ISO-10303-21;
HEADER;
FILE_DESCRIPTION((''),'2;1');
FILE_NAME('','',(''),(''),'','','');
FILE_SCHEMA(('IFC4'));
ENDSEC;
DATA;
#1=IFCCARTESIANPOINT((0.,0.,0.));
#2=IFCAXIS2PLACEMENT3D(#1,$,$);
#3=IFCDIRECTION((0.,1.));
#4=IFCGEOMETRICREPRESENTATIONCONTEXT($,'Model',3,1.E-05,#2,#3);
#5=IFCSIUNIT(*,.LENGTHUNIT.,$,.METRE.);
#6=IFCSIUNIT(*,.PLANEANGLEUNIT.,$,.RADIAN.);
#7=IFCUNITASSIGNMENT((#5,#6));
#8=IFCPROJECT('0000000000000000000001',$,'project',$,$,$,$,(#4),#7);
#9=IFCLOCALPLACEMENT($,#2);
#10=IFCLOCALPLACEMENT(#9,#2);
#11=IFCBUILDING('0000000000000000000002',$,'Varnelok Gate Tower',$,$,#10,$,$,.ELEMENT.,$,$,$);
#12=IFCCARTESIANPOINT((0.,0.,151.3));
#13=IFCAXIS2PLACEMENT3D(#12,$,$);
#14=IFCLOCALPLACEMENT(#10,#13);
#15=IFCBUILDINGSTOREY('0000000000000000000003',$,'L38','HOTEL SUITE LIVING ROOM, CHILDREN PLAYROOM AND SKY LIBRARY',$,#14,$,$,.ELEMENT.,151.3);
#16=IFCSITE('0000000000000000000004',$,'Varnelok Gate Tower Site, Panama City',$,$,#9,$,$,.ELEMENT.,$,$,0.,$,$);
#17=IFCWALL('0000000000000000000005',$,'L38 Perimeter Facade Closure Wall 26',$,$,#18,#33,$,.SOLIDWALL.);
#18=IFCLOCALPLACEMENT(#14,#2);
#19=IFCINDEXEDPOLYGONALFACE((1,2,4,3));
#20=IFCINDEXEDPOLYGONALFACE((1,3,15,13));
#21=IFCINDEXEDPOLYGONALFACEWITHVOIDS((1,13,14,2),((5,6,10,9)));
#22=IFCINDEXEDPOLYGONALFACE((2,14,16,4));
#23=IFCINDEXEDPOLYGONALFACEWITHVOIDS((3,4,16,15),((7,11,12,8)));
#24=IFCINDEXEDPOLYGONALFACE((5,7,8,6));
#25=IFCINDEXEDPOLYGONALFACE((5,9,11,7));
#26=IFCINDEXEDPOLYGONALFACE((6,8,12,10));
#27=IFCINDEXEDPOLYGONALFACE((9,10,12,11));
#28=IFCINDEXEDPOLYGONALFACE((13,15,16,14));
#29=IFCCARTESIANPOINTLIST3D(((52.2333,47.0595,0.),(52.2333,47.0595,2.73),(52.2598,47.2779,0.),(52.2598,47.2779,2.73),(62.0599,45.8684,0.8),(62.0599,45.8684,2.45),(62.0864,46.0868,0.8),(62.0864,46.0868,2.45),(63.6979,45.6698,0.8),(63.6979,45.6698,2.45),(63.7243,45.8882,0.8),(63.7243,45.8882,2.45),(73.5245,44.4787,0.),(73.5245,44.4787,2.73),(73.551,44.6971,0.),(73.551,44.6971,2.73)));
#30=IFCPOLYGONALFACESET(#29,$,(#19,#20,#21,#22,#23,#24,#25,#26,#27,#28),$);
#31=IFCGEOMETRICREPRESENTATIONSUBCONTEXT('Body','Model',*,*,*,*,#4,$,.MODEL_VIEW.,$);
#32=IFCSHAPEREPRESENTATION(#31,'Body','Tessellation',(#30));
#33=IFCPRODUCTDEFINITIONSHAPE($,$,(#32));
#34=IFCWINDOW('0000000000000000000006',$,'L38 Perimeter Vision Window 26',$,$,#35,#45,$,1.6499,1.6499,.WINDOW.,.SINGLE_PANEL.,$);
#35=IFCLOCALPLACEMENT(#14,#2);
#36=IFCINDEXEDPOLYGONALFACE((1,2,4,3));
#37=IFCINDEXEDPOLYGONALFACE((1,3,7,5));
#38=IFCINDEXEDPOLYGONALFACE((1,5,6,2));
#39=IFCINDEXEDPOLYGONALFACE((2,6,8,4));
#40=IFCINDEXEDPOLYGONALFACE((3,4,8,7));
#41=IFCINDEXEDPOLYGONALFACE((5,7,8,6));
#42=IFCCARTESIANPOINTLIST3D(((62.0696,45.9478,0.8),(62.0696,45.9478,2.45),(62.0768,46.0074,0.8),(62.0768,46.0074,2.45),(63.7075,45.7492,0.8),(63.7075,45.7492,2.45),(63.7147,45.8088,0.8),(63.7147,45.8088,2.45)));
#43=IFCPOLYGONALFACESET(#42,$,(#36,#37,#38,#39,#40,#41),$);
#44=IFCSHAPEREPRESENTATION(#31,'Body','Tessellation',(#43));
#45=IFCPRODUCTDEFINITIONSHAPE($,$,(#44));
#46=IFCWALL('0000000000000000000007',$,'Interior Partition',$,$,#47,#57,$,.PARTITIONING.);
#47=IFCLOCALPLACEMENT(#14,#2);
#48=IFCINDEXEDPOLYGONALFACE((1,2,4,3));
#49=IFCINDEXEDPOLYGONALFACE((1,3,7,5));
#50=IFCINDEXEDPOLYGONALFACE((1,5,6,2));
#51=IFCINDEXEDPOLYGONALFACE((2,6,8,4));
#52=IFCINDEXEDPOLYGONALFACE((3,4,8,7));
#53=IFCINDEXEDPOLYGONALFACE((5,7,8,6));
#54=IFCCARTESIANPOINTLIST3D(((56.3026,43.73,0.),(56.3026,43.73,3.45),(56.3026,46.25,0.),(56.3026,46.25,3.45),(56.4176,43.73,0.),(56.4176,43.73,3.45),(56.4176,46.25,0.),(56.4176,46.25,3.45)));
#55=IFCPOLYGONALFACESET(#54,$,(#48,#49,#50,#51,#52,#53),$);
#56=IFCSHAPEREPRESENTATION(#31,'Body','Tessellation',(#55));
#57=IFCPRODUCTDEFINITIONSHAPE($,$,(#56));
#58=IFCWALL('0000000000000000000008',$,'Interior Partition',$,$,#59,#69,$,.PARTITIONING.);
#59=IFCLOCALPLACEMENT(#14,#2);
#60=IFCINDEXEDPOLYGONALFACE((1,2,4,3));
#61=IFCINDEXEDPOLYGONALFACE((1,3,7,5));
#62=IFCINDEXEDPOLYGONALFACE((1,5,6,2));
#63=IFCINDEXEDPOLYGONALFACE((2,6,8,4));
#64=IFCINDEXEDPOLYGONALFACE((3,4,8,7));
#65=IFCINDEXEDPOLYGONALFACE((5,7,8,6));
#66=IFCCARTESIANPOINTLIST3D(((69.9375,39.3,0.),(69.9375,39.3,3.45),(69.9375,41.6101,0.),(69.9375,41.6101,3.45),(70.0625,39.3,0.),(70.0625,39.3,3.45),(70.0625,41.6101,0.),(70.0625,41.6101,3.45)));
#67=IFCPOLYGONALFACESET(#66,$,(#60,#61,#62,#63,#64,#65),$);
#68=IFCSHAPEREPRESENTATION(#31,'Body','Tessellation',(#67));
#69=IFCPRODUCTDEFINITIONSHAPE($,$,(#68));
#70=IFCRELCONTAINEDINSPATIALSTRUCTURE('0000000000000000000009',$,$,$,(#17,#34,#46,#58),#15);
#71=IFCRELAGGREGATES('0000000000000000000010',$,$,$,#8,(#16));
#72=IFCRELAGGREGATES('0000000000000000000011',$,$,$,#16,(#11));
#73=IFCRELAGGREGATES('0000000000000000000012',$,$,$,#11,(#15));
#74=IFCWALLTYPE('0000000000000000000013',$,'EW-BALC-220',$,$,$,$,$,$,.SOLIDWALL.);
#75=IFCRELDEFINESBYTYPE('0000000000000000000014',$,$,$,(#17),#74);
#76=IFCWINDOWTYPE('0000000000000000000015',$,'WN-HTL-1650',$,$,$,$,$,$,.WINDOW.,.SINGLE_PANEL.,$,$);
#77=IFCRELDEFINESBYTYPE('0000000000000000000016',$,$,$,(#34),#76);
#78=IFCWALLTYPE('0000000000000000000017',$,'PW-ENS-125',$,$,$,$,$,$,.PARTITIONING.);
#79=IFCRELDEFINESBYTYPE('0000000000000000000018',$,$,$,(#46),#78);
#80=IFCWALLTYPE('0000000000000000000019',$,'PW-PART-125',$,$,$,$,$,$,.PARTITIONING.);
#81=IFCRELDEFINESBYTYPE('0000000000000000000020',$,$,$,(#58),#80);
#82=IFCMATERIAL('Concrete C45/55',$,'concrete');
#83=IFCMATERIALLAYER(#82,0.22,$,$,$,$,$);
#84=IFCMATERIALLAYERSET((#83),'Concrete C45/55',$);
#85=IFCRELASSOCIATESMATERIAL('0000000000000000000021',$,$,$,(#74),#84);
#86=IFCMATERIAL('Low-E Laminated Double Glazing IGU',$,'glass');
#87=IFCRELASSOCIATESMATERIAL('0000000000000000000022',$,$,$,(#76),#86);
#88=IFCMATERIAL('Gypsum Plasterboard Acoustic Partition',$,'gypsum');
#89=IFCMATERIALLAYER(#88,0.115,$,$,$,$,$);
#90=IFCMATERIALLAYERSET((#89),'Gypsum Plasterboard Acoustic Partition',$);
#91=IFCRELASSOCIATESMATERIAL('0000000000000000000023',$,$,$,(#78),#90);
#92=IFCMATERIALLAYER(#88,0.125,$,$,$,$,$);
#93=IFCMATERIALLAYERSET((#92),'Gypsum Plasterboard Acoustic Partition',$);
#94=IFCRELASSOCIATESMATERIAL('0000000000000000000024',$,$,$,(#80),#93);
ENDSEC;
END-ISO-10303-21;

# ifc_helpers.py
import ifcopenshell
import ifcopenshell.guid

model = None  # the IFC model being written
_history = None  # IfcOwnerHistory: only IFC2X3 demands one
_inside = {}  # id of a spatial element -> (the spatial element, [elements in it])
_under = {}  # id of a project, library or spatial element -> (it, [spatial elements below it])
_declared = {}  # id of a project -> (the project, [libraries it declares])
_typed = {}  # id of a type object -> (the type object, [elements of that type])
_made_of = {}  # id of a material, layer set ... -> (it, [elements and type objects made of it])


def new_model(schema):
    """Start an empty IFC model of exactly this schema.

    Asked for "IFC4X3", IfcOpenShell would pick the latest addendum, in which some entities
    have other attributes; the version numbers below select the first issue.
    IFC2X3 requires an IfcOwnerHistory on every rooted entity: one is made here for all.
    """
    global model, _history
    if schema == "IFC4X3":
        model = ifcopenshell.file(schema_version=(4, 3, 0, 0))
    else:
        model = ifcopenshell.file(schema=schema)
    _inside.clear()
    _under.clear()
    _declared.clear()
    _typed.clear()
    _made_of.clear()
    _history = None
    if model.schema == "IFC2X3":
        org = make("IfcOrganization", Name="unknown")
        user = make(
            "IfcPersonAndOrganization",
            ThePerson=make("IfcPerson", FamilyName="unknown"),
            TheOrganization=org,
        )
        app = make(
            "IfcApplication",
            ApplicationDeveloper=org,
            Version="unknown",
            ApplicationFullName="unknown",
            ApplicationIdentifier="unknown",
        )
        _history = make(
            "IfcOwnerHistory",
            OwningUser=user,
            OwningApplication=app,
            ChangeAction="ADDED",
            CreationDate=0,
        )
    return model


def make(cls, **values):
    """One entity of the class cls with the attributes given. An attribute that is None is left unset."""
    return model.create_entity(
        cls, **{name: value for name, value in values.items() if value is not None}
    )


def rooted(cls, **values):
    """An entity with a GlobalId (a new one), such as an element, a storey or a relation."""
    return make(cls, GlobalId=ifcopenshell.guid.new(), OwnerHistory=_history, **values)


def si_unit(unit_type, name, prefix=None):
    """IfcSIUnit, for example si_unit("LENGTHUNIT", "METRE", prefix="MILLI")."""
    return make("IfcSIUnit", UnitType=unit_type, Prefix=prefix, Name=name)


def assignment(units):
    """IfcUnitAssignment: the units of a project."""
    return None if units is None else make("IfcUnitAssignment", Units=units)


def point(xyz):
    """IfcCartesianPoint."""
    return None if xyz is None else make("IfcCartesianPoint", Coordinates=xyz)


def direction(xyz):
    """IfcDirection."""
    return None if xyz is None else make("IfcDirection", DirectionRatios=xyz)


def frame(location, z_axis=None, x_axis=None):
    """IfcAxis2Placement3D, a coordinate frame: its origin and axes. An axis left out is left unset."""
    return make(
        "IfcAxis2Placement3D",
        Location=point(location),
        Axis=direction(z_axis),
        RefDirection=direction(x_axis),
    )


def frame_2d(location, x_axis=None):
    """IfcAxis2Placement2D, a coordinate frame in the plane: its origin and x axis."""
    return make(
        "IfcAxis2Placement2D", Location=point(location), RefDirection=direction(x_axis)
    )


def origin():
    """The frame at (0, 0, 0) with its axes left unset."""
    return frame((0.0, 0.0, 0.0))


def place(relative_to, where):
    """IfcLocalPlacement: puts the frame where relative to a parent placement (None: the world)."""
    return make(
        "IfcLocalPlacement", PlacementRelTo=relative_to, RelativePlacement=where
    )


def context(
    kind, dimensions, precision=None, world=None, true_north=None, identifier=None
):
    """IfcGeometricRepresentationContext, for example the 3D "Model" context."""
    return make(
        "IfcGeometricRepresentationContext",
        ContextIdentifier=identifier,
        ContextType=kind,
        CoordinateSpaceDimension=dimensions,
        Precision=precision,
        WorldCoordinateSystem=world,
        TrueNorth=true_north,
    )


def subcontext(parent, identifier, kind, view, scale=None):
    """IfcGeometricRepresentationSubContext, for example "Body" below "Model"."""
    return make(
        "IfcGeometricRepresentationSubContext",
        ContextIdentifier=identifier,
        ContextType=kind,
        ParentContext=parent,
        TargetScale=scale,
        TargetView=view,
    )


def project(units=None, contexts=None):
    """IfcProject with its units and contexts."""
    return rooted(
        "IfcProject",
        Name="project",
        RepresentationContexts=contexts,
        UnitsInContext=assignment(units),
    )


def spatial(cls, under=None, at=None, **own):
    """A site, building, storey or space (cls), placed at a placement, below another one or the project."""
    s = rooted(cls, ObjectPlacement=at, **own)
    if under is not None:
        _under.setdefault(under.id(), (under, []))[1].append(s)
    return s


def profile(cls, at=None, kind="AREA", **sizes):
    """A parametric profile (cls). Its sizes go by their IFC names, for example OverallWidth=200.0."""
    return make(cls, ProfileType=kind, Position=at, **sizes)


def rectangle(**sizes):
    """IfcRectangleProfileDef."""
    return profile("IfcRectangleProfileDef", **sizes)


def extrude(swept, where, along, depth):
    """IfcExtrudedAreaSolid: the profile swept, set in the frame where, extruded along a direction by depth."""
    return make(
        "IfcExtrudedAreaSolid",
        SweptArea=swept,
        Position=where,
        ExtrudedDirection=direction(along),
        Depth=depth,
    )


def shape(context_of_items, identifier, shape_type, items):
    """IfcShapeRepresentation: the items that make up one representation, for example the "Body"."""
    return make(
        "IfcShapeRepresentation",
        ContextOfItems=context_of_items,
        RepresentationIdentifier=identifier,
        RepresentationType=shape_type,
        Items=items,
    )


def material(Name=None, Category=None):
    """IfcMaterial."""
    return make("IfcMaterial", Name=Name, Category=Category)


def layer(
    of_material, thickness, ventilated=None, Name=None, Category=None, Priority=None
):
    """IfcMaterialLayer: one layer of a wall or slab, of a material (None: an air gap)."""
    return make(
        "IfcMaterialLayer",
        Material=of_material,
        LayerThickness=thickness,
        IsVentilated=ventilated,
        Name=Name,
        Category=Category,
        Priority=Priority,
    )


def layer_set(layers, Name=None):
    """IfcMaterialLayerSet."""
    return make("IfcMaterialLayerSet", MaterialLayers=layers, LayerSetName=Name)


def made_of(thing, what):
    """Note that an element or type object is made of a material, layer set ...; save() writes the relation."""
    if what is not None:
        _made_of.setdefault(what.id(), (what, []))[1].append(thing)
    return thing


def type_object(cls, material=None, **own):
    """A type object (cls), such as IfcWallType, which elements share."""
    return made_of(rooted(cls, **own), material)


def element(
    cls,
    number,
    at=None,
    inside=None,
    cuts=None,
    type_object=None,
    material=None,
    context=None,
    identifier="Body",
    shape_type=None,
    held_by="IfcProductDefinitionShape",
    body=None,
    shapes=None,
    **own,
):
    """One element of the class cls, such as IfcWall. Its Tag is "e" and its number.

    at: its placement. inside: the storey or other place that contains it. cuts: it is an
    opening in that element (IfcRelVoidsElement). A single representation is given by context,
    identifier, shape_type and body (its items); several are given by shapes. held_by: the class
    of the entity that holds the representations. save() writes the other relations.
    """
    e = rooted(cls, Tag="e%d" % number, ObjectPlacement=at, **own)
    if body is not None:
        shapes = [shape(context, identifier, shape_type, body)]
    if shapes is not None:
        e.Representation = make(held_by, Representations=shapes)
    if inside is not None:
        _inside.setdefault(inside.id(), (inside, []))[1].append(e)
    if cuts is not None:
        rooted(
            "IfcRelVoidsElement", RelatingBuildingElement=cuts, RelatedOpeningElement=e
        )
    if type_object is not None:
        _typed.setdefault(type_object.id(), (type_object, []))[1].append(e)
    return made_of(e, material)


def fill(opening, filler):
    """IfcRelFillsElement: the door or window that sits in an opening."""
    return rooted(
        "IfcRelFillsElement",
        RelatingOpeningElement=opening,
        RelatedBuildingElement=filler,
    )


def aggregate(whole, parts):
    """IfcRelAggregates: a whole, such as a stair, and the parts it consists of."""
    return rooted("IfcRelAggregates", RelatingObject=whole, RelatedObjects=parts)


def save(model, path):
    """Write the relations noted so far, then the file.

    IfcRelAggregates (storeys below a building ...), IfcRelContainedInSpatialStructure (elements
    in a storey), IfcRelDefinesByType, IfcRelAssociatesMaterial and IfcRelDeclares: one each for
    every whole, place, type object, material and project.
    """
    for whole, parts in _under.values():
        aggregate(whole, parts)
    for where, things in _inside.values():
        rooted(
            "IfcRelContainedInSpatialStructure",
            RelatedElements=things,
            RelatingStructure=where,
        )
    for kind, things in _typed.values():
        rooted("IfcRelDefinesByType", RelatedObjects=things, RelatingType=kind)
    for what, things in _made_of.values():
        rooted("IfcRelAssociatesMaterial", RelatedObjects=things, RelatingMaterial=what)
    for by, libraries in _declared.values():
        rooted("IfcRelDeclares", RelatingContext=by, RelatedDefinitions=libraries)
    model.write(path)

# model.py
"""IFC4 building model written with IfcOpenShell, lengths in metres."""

from ifc_helpers import new_model, si_unit, direction, frame, frame_2d, origin, place, context, subcontext, project, spatial, rectangle, extrude, material, layer, layer_set, type_object, element, fill, save


model = new_model("IFC4")

# Units and contexts
model_context = context("Model", 3, precision=1e-05, world=origin(), true_north=direction((0.0, 1.0)))
body_context = subcontext(model_context, "Body", "Model", "MODEL_VIEW")
ifc_project = project(units=[si_unit("LENGTHUNIT", "METRE"), si_unit("PLANEANGLEUNIT", "RADIAN")], contexts=[model_context])

# Site, building, storey
site_placement = place(None, origin())
site = spatial("IfcSite", under=ifc_project, at=site_placement, Name="Varnelok Gate Tower Site, Panama City", CompositionType="ELEMENT", RefElevation=0.0)
building_placement = place(site_placement, origin())
building = spatial("IfcBuilding", under=site, at=building_placement, Name="Varnelok Gate Tower", CompositionType="ELEMENT")
storey_placement = place(building_placement, frame((0.0, 0.0, 151.3)))
storey = spatial("IfcBuildingStorey", under=building, at=storey_placement, Name="L38", Description="HOTEL SUITE LIVING ROOM, CHILDREN PLAYROOM AND SKY LIBRARY", CompositionType="ELEMENT", Elevation=151.3)

# Shared definitions
ifc_material_1 = material(Name="Low-E Laminated Double Glazing IGU", Category="glass")

# Shared definitions
ifc_material_2 = material(Name="Concrete C45/55", Category="concrete")
ifc_layer_1 = layer(ifc_material_2, 0.22)
ifc_layer_set_1 = layer_set([ifc_layer_1], Name="Concrete C45/55")
wall_type_1 = type_object("IfcWallType", Name="EW-BALC-220", PredefinedType="SOLIDWALL", material=ifc_layer_set_1)

# Wall, opening, window
wall_1_placement = place(storey_placement, frame((73.5378, 44.5879, 0.0), z_axis=(0.0, 0.0, 1.0), x_axis=(-0.992733, 0.120334, 0.0)))
wall_1 = element("IfcWall", 1, at=wall_1_placement, inside=storey, type_object=wall_type_1, Name="L38 Perimeter Facade Closure Wall 26", PredefinedType="SOLIDWALL", context=body_context, shape_type="SweptSolid", body=[
    extrude(rectangle(XDim=21.447, YDim=0.22, at=frame_2d((10.7236, 0.0))), origin(), (0.0, 0.0, 1.0), 2.73),
])
opening_placement = place(wall_1_placement, frame((9.8987, 0.0, 0.8)))
opening = element("IfcOpeningElement", 2, at=opening_placement, cuts=wall_1, PredefinedType="OPENING", context=body_context, shape_type="SweptSolid", body=[
    extrude(rectangle(XDim=1.6499, YDim=1.6499, at=frame_2d((0.825, 0.825))), frame((0.0, 0.1199, 0.0), z_axis=(0.0, -1.0, 0.0), x_axis=(1.0, 0.0, 0.0)), (0.0, 0.0, 1.0), 0.24),
])
window_type = type_object("IfcWindowType", Name="WN-HTL-1650", PartitioningType="SINGLE_PANEL", PredefinedType="WINDOW", material=ifc_material_1)
window_placement = place(opening_placement, origin())
window = element("IfcWindow", 3, at=window_placement, inside=storey, type_object=window_type, Name="L38 Perimeter Vision Window 26", OverallHeight=1.6499, OverallWidth=1.6499, PartitioningType="SINGLE_PANEL", PredefinedType="WINDOW", context=body_context, shape_type="SweptSolid", body=[
    extrude(rectangle(XDim=1.6499, YDim=1.6499, at=frame_2d((0.825, 0.825))), frame((0.0, 0.03, 0.0), z_axis=(0.0, -1.0, 0.0), x_axis=(1.0, 0.0, 0.0)), (0.0, 0.0, 1.0), 0.0601),
])
fill(opening, window)

# Walls
ifc_material_3 = material(Name="Gypsum Plasterboard Acoustic Partition", Category="gypsum")
ifc_layer_2 = layer(ifc_material_3, 0.115)
ifc_layer_set_2 = layer_set([ifc_layer_2], Name="Gypsum Plasterboard Acoustic Partition")
wall_type_2 = type_object("IfcWallType", Name="PW-ENS-125", PredefinedType="PARTITIONING", material=ifc_layer_set_2)
wall_2_placement = place(storey_placement, frame((56.3601, 43.73, 0.0), z_axis=(0.0, 0.0, 1.0), x_axis=(0.0, 1.0, 0.0)))
element("IfcWall", 4, at=wall_2_placement, inside=storey, type_object=wall_type_2, Name="Interior Partition", PredefinedType="PARTITIONING", context=body_context, shape_type="SweptSolid", body=[
    extrude(rectangle(XDim=2.52, YDim=0.115, at=frame_2d((1.26, 0.0))), origin(), (0.0, 0.0, 1.0), 3.45),
])
ifc_layer_3 = layer(ifc_material_3, 0.125)
ifc_layer_set_3 = layer_set([ifc_layer_3], Name="Gypsum Plasterboard Acoustic Partition")
wall_type_3 = type_object("IfcWallType", Name="PW-PART-125", PredefinedType="PARTITIONING", material=ifc_layer_set_3)
wall_3_placement = place(storey_placement, frame((70.0, 39.3, 0.0), z_axis=(0.0, 0.0, 1.0), x_axis=(0.0, 1.0, 0.0)))
element("IfcWall", 5, at=wall_3_placement, inside=storey, type_object=wall_type_3, Name="Interior Partition", PredefinedType="PARTITIONING", context=body_context, shape_type="SweptSolid", body=[
    extrude(rectangle(XDim=2.3101, YDim=0.125, at=frame_2d((1.155, 0.0))), origin(), (0.0, 0.0, 1.0), 3.45),
])

save(model, "model.ifc")
